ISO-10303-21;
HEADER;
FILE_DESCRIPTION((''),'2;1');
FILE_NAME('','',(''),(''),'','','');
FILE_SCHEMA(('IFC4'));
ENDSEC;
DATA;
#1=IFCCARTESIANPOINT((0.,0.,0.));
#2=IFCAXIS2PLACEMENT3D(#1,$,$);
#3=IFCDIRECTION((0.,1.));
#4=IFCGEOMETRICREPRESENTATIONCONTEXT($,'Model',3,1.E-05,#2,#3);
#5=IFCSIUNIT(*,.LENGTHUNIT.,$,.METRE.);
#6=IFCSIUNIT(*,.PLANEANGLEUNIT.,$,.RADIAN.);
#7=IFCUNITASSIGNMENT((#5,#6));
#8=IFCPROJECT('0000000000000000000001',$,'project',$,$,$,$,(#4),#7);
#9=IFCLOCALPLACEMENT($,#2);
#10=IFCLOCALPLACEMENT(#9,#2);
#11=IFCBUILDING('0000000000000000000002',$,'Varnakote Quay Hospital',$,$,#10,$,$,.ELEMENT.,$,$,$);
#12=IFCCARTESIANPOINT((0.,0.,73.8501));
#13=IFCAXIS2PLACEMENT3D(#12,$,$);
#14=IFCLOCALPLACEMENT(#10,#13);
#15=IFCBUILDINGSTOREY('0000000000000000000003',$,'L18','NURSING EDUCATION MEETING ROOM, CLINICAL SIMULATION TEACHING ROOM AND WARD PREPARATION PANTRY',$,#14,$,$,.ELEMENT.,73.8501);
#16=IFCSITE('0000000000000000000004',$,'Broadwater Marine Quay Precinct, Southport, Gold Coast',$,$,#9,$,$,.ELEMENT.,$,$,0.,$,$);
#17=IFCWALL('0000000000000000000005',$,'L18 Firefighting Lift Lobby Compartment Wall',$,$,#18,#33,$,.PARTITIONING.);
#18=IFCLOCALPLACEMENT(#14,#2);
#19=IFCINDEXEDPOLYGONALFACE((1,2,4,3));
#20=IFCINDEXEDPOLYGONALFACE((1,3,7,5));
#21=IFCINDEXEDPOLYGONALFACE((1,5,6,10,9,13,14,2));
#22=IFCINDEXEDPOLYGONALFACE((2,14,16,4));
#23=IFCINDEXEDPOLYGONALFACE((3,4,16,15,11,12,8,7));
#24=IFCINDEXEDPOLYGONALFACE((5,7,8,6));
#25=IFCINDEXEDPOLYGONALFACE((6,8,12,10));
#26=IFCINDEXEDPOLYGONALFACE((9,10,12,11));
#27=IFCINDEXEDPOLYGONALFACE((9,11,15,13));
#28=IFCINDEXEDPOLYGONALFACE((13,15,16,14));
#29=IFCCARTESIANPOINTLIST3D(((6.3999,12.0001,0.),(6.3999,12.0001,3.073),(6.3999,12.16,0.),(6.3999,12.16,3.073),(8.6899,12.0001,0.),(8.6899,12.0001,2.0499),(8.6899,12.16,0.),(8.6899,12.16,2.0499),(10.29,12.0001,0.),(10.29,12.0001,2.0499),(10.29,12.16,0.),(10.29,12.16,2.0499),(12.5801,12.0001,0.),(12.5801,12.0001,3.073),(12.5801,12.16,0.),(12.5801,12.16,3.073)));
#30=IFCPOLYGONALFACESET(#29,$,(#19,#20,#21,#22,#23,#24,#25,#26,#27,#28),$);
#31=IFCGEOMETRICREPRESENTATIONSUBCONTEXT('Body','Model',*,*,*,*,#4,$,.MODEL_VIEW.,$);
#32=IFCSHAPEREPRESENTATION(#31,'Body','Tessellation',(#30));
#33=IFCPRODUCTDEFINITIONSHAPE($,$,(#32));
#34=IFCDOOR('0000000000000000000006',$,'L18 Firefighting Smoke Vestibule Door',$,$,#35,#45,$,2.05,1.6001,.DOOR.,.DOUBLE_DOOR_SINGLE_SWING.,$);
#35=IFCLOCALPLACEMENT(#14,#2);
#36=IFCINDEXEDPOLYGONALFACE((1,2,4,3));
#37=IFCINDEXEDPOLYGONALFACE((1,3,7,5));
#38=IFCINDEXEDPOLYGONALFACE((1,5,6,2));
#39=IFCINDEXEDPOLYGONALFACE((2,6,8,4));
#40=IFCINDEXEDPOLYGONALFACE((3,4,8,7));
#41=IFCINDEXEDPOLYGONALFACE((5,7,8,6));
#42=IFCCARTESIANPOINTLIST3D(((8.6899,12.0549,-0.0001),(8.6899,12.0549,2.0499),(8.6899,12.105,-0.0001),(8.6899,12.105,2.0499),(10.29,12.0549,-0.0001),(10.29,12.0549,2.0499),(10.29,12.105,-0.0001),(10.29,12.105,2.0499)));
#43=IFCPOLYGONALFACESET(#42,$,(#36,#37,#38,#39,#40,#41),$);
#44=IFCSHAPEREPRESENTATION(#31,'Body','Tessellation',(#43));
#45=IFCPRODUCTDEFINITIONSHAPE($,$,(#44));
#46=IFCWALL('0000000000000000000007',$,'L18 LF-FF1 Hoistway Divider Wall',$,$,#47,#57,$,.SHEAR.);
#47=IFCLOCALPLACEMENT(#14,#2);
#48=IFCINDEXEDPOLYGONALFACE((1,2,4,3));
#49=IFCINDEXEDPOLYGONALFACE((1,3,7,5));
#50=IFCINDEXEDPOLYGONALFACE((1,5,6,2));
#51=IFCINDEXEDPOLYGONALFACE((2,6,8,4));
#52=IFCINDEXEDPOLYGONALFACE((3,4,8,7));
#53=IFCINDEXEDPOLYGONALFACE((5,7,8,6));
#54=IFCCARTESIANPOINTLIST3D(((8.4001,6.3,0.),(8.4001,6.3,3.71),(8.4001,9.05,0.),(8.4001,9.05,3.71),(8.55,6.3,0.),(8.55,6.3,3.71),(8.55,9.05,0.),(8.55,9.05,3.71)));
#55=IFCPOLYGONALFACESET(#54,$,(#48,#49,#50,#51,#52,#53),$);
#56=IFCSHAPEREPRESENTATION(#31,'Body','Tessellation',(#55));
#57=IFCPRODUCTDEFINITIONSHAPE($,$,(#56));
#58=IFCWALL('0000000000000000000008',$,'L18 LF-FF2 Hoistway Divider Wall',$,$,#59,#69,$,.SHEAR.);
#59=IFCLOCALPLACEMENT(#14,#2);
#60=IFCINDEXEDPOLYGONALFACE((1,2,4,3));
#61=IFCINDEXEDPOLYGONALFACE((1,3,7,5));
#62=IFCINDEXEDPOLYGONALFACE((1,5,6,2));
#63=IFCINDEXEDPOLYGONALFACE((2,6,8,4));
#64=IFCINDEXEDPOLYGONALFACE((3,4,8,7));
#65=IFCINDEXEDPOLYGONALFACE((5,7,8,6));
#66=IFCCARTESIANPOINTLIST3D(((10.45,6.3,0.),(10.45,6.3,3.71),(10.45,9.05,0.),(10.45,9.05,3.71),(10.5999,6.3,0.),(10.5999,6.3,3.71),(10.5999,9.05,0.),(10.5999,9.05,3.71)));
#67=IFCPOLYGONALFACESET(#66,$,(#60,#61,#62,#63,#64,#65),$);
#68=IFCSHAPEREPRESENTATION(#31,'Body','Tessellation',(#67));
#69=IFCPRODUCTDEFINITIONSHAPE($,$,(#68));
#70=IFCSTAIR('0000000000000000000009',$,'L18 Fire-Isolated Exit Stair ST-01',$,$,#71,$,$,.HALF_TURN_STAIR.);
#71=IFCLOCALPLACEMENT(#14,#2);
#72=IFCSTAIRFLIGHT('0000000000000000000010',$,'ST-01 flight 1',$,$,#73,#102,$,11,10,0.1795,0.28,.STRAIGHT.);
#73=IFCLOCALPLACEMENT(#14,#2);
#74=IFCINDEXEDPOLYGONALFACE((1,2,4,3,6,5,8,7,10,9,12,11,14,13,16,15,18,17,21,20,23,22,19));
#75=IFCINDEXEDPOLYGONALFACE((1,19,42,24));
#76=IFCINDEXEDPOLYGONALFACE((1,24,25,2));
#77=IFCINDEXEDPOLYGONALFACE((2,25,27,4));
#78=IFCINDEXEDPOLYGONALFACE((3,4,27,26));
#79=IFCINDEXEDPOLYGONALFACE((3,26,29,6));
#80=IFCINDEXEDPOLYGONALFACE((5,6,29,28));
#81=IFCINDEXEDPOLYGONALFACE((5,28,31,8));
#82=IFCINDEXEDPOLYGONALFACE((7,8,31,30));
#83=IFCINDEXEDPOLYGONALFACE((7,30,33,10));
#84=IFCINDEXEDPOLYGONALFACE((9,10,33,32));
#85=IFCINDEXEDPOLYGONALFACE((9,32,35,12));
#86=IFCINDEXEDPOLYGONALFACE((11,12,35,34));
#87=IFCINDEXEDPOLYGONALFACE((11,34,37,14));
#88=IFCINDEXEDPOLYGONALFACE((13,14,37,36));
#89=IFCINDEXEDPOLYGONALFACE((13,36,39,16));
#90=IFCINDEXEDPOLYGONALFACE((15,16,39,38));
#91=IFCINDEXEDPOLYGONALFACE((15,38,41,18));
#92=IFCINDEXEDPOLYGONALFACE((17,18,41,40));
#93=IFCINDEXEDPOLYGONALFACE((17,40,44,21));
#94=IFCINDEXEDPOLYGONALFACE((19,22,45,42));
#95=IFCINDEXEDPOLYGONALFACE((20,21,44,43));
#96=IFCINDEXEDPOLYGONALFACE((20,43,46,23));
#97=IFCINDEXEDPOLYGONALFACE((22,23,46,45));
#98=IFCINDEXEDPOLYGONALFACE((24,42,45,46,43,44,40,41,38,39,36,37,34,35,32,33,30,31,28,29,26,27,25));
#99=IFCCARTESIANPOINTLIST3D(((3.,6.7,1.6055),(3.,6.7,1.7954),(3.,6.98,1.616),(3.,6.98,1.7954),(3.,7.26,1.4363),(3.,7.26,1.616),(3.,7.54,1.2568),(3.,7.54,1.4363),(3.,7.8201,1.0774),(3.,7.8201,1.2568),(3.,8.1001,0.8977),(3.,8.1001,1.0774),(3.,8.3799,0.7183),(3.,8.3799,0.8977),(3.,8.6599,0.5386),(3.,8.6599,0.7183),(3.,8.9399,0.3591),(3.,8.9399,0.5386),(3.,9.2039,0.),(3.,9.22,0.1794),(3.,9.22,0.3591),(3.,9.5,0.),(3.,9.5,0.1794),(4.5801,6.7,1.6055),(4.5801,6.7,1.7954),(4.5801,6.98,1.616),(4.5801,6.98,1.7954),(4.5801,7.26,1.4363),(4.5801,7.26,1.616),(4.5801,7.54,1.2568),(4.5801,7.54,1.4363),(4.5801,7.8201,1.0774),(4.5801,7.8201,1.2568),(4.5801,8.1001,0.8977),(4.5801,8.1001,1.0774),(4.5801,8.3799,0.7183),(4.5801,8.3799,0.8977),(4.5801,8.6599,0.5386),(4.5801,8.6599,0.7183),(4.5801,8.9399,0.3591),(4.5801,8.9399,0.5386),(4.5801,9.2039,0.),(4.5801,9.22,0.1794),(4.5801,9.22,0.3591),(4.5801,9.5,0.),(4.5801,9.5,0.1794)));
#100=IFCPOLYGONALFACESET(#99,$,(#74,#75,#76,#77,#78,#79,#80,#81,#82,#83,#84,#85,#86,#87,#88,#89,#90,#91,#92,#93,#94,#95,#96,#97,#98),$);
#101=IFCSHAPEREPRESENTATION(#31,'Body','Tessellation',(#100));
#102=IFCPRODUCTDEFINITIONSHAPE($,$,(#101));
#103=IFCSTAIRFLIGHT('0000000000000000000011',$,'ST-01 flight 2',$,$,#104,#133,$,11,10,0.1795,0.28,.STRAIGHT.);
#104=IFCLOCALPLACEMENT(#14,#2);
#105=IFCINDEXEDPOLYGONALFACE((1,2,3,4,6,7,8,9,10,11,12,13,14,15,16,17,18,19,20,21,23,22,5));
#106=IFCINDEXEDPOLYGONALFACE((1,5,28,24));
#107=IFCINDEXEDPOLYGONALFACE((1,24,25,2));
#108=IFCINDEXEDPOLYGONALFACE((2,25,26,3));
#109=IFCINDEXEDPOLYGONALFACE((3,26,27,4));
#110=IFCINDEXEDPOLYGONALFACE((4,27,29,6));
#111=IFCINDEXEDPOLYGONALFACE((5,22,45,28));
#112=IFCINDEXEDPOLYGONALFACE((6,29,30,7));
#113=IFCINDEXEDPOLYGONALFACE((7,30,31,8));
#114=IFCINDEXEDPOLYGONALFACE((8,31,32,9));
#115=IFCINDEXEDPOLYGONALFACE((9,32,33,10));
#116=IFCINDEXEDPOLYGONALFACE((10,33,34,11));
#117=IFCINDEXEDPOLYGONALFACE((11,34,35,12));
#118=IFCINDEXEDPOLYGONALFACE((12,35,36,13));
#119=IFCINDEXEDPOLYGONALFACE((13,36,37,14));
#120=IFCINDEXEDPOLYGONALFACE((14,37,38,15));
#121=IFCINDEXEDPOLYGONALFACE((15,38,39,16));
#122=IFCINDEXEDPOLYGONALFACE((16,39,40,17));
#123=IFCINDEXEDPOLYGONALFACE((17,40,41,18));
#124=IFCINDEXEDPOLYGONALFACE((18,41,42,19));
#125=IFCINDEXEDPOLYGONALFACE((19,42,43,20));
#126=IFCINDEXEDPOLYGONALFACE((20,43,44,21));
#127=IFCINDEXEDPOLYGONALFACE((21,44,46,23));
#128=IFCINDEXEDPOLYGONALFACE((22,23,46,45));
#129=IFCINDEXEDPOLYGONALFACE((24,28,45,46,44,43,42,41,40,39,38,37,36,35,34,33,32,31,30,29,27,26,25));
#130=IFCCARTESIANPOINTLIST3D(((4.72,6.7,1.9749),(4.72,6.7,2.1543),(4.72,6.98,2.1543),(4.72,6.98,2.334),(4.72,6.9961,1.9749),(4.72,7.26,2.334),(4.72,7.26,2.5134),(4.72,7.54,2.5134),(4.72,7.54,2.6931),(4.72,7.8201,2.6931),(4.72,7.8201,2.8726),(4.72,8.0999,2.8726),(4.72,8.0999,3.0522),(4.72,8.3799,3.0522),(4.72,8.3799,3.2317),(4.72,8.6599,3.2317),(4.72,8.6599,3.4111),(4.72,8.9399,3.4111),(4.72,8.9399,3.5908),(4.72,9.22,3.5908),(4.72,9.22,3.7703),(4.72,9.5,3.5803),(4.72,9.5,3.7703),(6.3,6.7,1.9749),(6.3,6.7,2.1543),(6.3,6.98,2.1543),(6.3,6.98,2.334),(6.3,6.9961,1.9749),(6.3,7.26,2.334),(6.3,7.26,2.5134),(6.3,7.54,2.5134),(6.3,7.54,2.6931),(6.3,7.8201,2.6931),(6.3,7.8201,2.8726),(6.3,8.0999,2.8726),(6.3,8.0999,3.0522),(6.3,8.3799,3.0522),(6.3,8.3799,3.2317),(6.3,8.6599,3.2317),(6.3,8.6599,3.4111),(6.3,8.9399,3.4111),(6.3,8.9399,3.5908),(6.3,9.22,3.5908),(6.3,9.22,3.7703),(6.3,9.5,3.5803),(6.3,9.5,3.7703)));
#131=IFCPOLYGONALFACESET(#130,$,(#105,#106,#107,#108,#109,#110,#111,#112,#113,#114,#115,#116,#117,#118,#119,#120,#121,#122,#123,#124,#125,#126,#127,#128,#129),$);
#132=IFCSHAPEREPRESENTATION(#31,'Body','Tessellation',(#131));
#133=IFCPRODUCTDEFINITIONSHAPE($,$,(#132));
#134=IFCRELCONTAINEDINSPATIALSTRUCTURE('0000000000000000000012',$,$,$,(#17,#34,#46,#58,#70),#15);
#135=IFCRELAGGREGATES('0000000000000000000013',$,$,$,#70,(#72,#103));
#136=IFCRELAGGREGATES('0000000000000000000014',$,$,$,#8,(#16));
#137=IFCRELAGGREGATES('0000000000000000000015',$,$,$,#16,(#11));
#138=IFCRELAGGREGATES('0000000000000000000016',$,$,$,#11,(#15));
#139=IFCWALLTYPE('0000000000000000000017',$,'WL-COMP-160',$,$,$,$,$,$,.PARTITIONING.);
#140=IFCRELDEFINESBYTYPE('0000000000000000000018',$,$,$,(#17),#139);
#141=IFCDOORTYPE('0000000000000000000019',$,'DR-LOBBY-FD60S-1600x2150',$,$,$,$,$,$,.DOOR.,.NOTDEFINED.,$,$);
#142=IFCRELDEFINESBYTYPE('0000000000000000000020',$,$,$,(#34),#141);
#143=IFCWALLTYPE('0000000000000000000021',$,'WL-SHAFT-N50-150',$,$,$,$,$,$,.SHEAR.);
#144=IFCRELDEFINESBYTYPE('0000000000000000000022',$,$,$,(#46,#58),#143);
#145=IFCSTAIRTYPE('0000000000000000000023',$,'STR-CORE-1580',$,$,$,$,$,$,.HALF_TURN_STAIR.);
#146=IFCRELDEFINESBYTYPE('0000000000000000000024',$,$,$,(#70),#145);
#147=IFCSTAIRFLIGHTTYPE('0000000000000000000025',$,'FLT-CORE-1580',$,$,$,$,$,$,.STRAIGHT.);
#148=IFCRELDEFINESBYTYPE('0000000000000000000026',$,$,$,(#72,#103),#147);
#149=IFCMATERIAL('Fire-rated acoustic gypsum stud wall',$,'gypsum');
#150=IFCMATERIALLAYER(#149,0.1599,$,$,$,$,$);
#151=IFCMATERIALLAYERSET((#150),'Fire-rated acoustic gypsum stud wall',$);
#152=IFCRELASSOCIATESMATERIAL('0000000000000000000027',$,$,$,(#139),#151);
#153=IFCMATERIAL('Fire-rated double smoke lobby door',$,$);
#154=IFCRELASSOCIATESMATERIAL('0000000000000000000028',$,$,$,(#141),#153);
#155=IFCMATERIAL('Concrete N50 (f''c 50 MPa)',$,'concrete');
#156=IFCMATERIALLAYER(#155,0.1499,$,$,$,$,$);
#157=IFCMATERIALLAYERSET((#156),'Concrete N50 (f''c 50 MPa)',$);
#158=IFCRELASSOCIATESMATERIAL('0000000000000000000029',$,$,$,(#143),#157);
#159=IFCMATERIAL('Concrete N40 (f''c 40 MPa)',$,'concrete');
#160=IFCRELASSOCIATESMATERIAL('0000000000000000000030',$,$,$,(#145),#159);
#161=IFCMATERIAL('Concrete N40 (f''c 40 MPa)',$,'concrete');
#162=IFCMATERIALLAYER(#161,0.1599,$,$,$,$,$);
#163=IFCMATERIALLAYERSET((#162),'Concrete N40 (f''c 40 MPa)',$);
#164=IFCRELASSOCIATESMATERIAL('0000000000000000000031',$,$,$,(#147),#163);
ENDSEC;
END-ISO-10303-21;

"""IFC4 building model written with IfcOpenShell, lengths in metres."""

from ifc_helpers import new_model, si_unit, direction, frame, frame_2d, origin, place, context, subcontext, project, spatial, polyline, rectangle, outline, extrude, material, layer, layer_set, type_object, element, fill, aggregate, save


model = new_model("IFC4")

# Units and contexts
model_context = context("Model", 3, precision=1e-05, world=origin(), true_north=direction((0.0, 1.0)))
body_context = subcontext(model_context, "Body", "Model", "MODEL_VIEW")
ifc_project = project(units=[si_unit("LENGTHUNIT", "METRE"), si_unit("PLANEANGLEUNIT", "RADIAN")], contexts=[model_context])

# Site, building, storey
site_placement = place(None, origin())
site = spatial("IfcSite", under=ifc_project, at=site_placement, Name="Broadwater Marine Quay Precinct, Southport, Gold Coast", CompositionType="ELEMENT", RefElevation=0.0)
building_placement = place(site_placement, origin())
building = spatial("IfcBuilding", under=site, at=building_placement, Name="Varnakote Quay Hospital", CompositionType="ELEMENT")
storey_placement = place(building_placement, frame((0.0, 0.0, 73.8501)))
storey = spatial("IfcBuildingStorey", under=building, at=storey_placement, Name="L18", Description="NURSING EDUCATION MEETING ROOM, CLINICAL SIMULATION TEACHING ROOM AND WARD PREPARATION PANTRY", CompositionType="ELEMENT", Elevation=73.8501)

# Shared definitions
ifc_material_1 = material(Name="Fire-rated acoustic gypsum stud wall", Category="gypsum")
ifc_layer_1 = layer(ifc_material_1, 0.1599)
ifc_layer_set_1 = layer_set([ifc_layer_1], Name="Fire-rated acoustic gypsum stud wall")
wall_type_1 = type_object("IfcWallType", Name="WL-COMP-160", PredefinedType="PARTITIONING", material=ifc_layer_set_1)

# Shared definitions
ifc_material_2 = material(Name="Fire-rated double smoke lobby door")
door_type_1 = type_object("IfcDoorType", Name="DR-LOBBY-FD60S-1600x2150", OperationType="NOTDEFINED", PredefinedType="DOOR", material=ifc_material_2)

# Wall, opening, door
wall_1_placement = place(storey_placement, frame((6.3999, 12.0801, 0.0), z_axis=(0.0, 0.0, 1.0), x_axis=(1.0, 0.0, 0.0)))
wall_1 = element("IfcWall", 1, at=wall_1_placement, inside=storey, type_object=wall_type_1, Name="L18 Firefighting Lift Lobby Compartment Wall", PredefinedType="PARTITIONING", context=body_context, shape_type="SweptSolid", body=[
    extrude(rectangle(XDim=6.1802, YDim=0.1599, at=frame_2d((3.0901, 0.0))), origin(), (0.0, 0.0, 1.0), 3.073),
])
opening_1_placement = place(wall_1_placement, frame((2.29, 0.0, 0.0)))
opening_1 = element("IfcOpeningElement", 2, at=opening_1_placement, cuts=wall_1, PredefinedType="OPENING", context=body_context, shape_type="SweptSolid", body=[
    extrude(rectangle(XDim=1.6001, YDim=2.05, at=frame_2d((0.8, 1.0249))), frame((0.0, 0.0898, 0.0), z_axis=(0.0, -1.0, 0.0), x_axis=(1.0, 0.0, 0.0)), (0.0, 0.0, 1.0), 0.1799),
])
door_1_placement = place(opening_1_placement, origin())
door_1 = element("IfcDoor", 3, at=door_1_placement, inside=storey, type_object=door_type_1, Name="L18 Firefighting Smoke Vestibule Door", OperationType="DOUBLE_DOOR_SINGLE_SWING", OverallHeight=2.05, OverallWidth=1.6001, PredefinedType="DOOR", context=body_context, shape_type="SweptSolid", body=[
    extrude(rectangle(XDim=1.6001, YDim=2.05, at=frame_2d((0.8, 1.0249))), frame((0.0, 0.0249, 0.0), z_axis=(0.0, -1.0, 0.0), x_axis=(1.0, 0.0, 0.0)), (0.0, 0.0, 1.0), 0.05),
])
fill(opening_1, door_1)

# Walls
ifc_material_3 = material(Name="Concrete N50 (f'c 50 MPa)", Category="concrete")
ifc_layer_2 = layer(ifc_material_3, 0.1499)
ifc_layer_set_2 = layer_set([ifc_layer_2], Name="Concrete N50 (f'c 50 MPa)")
wall_type_2 = type_object("IfcWallType", Name="WL-SHAFT-N50-150", PredefinedType="SHEAR", material=ifc_layer_set_2)
for number, where, z_axis, x_axis, name in (
    (4, (8.4751, 6.3, 0.0), (0.0, 0.0, 1.0), (0.0, 1.0, 0.0), "L18 LF-FF1 Hoistway Divider Wall"),
    (5, (10.5249, 6.3, 0.0), (0.0, 0.0, 1.0), (0.0, 1.0, 0.0), "L18 LF-FF2 Hoistway Divider Wall"),
):
    element("IfcWall", number, at=place(storey_placement, frame(where, z_axis=z_axis, x_axis=x_axis)), inside=storey, type_object=wall_type_2, Name=name, PredefinedType="SHEAR", context=body_context, shape_type="SweptSolid", body=[
        extrude(rectangle(XDim=2.75, YDim=0.1499, at=frame_2d((1.375, 0.0))), origin(), (0.0, 0.0, 1.0), 3.71),
    ])

# Stair, stair flights
ifc_material_4 = material(Name="Concrete N40 (f'c 40 MPa)", Category="concrete")
stair_type = type_object("IfcStairType", Name="STR-CORE-1580", PredefinedType="HALF_TURN_STAIR", material=ifc_material_4)
stair_placement = place(storey_placement, origin())
stair = element("IfcStair", 6, at=stair_placement, inside=storey, type_object=stair_type, Name="L18 Fire-Isolated Exit Stair ST-01", PredefinedType="HALF_TURN_STAIR")
ifc_material_5 = material(Name="Concrete N40 (f'c 40 MPa)", Category="concrete")
ifc_layer_3 = layer(ifc_material_5, 0.1599)
ifc_layer_set_3 = layer_set([ifc_layer_3], Name="Concrete N40 (f'c 40 MPa)")
stair_flight_type = type_object("IfcStairFlightType", Name="FLT-CORE-1580", PredefinedType="STRAIGHT", material=ifc_layer_set_3)
stair_flight_1_placement = place(storey_placement, frame((3.79, 9.5, 0.0), z_axis=(0.0, 0.0, 1.0), x_axis=(0.0, -1.0, 0.0)))
stair_flight_1 = element("IfcStairFlight", 7, at=stair_flight_1_placement, type_object=stair_flight_type, Name="ST-01 flight 1", NumberOfRisers=11, NumberOfTreads=10, PredefinedType="STRAIGHT", RiserHeight=0.1795, TreadLength=0.28, context=body_context, shape_type="SweptSolid", body=[
    extrude(outline(polyline([(0.0, 0.0), (0.0, 0.1794), (0.28, 0.1794), (0.28, 0.3591), (0.5601, 0.3591), (0.5601, 0.5386), (0.8401, 0.5386), (0.8401, 0.7183), (1.1201, 0.7183), (1.1201, 0.8977), (1.3999, 0.8977), (1.3999, 1.0774), (1.6799, 1.0774), (1.6799, 1.2568), (1.96, 1.2568), (1.96, 1.4363), (2.24, 1.4363), (2.24, 1.616), (2.52, 1.616), (2.52, 1.7954), (2.8, 1.7954), (2.8, 1.9751), (2.8, 1.6055), (0.2961, 0.0), (0.0, 0.0)])), frame((0.0, 0.79, 0.0), z_axis=(0.0, -1.0, 0.0), x_axis=(1.0, 0.0, 0.0)), (0.0, 0.0, 1.0), 1.5801),
])
stair_flight_2_placement = place(storey_placement, frame((5.51, 6.7, 1.9749), z_axis=(0.0, 0.0, 1.0), x_axis=(0.0, 1.0, 0.0)))
stair_flight_2 = element("IfcStairFlight", 8, at=stair_flight_2_placement, type_object=stair_flight_type, Name="ST-01 flight 2", NumberOfRisers=11, NumberOfTreads=10, PredefinedType="STRAIGHT", RiserHeight=0.1795, TreadLength=0.28, context=body_context, shape_type="SweptSolid", body=[
    extrude(outline(polyline([(0.0, 0.0), (0.0, 0.1794), (0.28, 0.1794), (0.28, 0.3591), (0.5601, 0.3591), (0.5601, 0.5386), (0.8401, 0.5386), (0.8401, 0.7183), (1.1201, 0.7183), (1.1201, 0.8977), (1.3999, 0.8977), (1.3999, 1.0774), (1.6799, 1.0774), (1.6799, 1.2568), (1.96, 1.2568), (1.96, 1.4363), (2.24, 1.4363), (2.24, 1.616), (2.52, 1.616), (2.52, 1.7954), (2.8, 1.7954), (2.8, 1.9751), (2.8, 1.6055), (0.2961, 0.0), (0.0, 0.0)])), frame((0.0, 0.79, 0.0), z_axis=(0.0, -1.0, 0.0), x_axis=(1.0, 0.0, 0.0)), (0.0, 0.0, 1.0), 1.5801),
])
aggregate(stair, [stair_flight_1, stair_flight_2])

save(model, "model.ifc")
